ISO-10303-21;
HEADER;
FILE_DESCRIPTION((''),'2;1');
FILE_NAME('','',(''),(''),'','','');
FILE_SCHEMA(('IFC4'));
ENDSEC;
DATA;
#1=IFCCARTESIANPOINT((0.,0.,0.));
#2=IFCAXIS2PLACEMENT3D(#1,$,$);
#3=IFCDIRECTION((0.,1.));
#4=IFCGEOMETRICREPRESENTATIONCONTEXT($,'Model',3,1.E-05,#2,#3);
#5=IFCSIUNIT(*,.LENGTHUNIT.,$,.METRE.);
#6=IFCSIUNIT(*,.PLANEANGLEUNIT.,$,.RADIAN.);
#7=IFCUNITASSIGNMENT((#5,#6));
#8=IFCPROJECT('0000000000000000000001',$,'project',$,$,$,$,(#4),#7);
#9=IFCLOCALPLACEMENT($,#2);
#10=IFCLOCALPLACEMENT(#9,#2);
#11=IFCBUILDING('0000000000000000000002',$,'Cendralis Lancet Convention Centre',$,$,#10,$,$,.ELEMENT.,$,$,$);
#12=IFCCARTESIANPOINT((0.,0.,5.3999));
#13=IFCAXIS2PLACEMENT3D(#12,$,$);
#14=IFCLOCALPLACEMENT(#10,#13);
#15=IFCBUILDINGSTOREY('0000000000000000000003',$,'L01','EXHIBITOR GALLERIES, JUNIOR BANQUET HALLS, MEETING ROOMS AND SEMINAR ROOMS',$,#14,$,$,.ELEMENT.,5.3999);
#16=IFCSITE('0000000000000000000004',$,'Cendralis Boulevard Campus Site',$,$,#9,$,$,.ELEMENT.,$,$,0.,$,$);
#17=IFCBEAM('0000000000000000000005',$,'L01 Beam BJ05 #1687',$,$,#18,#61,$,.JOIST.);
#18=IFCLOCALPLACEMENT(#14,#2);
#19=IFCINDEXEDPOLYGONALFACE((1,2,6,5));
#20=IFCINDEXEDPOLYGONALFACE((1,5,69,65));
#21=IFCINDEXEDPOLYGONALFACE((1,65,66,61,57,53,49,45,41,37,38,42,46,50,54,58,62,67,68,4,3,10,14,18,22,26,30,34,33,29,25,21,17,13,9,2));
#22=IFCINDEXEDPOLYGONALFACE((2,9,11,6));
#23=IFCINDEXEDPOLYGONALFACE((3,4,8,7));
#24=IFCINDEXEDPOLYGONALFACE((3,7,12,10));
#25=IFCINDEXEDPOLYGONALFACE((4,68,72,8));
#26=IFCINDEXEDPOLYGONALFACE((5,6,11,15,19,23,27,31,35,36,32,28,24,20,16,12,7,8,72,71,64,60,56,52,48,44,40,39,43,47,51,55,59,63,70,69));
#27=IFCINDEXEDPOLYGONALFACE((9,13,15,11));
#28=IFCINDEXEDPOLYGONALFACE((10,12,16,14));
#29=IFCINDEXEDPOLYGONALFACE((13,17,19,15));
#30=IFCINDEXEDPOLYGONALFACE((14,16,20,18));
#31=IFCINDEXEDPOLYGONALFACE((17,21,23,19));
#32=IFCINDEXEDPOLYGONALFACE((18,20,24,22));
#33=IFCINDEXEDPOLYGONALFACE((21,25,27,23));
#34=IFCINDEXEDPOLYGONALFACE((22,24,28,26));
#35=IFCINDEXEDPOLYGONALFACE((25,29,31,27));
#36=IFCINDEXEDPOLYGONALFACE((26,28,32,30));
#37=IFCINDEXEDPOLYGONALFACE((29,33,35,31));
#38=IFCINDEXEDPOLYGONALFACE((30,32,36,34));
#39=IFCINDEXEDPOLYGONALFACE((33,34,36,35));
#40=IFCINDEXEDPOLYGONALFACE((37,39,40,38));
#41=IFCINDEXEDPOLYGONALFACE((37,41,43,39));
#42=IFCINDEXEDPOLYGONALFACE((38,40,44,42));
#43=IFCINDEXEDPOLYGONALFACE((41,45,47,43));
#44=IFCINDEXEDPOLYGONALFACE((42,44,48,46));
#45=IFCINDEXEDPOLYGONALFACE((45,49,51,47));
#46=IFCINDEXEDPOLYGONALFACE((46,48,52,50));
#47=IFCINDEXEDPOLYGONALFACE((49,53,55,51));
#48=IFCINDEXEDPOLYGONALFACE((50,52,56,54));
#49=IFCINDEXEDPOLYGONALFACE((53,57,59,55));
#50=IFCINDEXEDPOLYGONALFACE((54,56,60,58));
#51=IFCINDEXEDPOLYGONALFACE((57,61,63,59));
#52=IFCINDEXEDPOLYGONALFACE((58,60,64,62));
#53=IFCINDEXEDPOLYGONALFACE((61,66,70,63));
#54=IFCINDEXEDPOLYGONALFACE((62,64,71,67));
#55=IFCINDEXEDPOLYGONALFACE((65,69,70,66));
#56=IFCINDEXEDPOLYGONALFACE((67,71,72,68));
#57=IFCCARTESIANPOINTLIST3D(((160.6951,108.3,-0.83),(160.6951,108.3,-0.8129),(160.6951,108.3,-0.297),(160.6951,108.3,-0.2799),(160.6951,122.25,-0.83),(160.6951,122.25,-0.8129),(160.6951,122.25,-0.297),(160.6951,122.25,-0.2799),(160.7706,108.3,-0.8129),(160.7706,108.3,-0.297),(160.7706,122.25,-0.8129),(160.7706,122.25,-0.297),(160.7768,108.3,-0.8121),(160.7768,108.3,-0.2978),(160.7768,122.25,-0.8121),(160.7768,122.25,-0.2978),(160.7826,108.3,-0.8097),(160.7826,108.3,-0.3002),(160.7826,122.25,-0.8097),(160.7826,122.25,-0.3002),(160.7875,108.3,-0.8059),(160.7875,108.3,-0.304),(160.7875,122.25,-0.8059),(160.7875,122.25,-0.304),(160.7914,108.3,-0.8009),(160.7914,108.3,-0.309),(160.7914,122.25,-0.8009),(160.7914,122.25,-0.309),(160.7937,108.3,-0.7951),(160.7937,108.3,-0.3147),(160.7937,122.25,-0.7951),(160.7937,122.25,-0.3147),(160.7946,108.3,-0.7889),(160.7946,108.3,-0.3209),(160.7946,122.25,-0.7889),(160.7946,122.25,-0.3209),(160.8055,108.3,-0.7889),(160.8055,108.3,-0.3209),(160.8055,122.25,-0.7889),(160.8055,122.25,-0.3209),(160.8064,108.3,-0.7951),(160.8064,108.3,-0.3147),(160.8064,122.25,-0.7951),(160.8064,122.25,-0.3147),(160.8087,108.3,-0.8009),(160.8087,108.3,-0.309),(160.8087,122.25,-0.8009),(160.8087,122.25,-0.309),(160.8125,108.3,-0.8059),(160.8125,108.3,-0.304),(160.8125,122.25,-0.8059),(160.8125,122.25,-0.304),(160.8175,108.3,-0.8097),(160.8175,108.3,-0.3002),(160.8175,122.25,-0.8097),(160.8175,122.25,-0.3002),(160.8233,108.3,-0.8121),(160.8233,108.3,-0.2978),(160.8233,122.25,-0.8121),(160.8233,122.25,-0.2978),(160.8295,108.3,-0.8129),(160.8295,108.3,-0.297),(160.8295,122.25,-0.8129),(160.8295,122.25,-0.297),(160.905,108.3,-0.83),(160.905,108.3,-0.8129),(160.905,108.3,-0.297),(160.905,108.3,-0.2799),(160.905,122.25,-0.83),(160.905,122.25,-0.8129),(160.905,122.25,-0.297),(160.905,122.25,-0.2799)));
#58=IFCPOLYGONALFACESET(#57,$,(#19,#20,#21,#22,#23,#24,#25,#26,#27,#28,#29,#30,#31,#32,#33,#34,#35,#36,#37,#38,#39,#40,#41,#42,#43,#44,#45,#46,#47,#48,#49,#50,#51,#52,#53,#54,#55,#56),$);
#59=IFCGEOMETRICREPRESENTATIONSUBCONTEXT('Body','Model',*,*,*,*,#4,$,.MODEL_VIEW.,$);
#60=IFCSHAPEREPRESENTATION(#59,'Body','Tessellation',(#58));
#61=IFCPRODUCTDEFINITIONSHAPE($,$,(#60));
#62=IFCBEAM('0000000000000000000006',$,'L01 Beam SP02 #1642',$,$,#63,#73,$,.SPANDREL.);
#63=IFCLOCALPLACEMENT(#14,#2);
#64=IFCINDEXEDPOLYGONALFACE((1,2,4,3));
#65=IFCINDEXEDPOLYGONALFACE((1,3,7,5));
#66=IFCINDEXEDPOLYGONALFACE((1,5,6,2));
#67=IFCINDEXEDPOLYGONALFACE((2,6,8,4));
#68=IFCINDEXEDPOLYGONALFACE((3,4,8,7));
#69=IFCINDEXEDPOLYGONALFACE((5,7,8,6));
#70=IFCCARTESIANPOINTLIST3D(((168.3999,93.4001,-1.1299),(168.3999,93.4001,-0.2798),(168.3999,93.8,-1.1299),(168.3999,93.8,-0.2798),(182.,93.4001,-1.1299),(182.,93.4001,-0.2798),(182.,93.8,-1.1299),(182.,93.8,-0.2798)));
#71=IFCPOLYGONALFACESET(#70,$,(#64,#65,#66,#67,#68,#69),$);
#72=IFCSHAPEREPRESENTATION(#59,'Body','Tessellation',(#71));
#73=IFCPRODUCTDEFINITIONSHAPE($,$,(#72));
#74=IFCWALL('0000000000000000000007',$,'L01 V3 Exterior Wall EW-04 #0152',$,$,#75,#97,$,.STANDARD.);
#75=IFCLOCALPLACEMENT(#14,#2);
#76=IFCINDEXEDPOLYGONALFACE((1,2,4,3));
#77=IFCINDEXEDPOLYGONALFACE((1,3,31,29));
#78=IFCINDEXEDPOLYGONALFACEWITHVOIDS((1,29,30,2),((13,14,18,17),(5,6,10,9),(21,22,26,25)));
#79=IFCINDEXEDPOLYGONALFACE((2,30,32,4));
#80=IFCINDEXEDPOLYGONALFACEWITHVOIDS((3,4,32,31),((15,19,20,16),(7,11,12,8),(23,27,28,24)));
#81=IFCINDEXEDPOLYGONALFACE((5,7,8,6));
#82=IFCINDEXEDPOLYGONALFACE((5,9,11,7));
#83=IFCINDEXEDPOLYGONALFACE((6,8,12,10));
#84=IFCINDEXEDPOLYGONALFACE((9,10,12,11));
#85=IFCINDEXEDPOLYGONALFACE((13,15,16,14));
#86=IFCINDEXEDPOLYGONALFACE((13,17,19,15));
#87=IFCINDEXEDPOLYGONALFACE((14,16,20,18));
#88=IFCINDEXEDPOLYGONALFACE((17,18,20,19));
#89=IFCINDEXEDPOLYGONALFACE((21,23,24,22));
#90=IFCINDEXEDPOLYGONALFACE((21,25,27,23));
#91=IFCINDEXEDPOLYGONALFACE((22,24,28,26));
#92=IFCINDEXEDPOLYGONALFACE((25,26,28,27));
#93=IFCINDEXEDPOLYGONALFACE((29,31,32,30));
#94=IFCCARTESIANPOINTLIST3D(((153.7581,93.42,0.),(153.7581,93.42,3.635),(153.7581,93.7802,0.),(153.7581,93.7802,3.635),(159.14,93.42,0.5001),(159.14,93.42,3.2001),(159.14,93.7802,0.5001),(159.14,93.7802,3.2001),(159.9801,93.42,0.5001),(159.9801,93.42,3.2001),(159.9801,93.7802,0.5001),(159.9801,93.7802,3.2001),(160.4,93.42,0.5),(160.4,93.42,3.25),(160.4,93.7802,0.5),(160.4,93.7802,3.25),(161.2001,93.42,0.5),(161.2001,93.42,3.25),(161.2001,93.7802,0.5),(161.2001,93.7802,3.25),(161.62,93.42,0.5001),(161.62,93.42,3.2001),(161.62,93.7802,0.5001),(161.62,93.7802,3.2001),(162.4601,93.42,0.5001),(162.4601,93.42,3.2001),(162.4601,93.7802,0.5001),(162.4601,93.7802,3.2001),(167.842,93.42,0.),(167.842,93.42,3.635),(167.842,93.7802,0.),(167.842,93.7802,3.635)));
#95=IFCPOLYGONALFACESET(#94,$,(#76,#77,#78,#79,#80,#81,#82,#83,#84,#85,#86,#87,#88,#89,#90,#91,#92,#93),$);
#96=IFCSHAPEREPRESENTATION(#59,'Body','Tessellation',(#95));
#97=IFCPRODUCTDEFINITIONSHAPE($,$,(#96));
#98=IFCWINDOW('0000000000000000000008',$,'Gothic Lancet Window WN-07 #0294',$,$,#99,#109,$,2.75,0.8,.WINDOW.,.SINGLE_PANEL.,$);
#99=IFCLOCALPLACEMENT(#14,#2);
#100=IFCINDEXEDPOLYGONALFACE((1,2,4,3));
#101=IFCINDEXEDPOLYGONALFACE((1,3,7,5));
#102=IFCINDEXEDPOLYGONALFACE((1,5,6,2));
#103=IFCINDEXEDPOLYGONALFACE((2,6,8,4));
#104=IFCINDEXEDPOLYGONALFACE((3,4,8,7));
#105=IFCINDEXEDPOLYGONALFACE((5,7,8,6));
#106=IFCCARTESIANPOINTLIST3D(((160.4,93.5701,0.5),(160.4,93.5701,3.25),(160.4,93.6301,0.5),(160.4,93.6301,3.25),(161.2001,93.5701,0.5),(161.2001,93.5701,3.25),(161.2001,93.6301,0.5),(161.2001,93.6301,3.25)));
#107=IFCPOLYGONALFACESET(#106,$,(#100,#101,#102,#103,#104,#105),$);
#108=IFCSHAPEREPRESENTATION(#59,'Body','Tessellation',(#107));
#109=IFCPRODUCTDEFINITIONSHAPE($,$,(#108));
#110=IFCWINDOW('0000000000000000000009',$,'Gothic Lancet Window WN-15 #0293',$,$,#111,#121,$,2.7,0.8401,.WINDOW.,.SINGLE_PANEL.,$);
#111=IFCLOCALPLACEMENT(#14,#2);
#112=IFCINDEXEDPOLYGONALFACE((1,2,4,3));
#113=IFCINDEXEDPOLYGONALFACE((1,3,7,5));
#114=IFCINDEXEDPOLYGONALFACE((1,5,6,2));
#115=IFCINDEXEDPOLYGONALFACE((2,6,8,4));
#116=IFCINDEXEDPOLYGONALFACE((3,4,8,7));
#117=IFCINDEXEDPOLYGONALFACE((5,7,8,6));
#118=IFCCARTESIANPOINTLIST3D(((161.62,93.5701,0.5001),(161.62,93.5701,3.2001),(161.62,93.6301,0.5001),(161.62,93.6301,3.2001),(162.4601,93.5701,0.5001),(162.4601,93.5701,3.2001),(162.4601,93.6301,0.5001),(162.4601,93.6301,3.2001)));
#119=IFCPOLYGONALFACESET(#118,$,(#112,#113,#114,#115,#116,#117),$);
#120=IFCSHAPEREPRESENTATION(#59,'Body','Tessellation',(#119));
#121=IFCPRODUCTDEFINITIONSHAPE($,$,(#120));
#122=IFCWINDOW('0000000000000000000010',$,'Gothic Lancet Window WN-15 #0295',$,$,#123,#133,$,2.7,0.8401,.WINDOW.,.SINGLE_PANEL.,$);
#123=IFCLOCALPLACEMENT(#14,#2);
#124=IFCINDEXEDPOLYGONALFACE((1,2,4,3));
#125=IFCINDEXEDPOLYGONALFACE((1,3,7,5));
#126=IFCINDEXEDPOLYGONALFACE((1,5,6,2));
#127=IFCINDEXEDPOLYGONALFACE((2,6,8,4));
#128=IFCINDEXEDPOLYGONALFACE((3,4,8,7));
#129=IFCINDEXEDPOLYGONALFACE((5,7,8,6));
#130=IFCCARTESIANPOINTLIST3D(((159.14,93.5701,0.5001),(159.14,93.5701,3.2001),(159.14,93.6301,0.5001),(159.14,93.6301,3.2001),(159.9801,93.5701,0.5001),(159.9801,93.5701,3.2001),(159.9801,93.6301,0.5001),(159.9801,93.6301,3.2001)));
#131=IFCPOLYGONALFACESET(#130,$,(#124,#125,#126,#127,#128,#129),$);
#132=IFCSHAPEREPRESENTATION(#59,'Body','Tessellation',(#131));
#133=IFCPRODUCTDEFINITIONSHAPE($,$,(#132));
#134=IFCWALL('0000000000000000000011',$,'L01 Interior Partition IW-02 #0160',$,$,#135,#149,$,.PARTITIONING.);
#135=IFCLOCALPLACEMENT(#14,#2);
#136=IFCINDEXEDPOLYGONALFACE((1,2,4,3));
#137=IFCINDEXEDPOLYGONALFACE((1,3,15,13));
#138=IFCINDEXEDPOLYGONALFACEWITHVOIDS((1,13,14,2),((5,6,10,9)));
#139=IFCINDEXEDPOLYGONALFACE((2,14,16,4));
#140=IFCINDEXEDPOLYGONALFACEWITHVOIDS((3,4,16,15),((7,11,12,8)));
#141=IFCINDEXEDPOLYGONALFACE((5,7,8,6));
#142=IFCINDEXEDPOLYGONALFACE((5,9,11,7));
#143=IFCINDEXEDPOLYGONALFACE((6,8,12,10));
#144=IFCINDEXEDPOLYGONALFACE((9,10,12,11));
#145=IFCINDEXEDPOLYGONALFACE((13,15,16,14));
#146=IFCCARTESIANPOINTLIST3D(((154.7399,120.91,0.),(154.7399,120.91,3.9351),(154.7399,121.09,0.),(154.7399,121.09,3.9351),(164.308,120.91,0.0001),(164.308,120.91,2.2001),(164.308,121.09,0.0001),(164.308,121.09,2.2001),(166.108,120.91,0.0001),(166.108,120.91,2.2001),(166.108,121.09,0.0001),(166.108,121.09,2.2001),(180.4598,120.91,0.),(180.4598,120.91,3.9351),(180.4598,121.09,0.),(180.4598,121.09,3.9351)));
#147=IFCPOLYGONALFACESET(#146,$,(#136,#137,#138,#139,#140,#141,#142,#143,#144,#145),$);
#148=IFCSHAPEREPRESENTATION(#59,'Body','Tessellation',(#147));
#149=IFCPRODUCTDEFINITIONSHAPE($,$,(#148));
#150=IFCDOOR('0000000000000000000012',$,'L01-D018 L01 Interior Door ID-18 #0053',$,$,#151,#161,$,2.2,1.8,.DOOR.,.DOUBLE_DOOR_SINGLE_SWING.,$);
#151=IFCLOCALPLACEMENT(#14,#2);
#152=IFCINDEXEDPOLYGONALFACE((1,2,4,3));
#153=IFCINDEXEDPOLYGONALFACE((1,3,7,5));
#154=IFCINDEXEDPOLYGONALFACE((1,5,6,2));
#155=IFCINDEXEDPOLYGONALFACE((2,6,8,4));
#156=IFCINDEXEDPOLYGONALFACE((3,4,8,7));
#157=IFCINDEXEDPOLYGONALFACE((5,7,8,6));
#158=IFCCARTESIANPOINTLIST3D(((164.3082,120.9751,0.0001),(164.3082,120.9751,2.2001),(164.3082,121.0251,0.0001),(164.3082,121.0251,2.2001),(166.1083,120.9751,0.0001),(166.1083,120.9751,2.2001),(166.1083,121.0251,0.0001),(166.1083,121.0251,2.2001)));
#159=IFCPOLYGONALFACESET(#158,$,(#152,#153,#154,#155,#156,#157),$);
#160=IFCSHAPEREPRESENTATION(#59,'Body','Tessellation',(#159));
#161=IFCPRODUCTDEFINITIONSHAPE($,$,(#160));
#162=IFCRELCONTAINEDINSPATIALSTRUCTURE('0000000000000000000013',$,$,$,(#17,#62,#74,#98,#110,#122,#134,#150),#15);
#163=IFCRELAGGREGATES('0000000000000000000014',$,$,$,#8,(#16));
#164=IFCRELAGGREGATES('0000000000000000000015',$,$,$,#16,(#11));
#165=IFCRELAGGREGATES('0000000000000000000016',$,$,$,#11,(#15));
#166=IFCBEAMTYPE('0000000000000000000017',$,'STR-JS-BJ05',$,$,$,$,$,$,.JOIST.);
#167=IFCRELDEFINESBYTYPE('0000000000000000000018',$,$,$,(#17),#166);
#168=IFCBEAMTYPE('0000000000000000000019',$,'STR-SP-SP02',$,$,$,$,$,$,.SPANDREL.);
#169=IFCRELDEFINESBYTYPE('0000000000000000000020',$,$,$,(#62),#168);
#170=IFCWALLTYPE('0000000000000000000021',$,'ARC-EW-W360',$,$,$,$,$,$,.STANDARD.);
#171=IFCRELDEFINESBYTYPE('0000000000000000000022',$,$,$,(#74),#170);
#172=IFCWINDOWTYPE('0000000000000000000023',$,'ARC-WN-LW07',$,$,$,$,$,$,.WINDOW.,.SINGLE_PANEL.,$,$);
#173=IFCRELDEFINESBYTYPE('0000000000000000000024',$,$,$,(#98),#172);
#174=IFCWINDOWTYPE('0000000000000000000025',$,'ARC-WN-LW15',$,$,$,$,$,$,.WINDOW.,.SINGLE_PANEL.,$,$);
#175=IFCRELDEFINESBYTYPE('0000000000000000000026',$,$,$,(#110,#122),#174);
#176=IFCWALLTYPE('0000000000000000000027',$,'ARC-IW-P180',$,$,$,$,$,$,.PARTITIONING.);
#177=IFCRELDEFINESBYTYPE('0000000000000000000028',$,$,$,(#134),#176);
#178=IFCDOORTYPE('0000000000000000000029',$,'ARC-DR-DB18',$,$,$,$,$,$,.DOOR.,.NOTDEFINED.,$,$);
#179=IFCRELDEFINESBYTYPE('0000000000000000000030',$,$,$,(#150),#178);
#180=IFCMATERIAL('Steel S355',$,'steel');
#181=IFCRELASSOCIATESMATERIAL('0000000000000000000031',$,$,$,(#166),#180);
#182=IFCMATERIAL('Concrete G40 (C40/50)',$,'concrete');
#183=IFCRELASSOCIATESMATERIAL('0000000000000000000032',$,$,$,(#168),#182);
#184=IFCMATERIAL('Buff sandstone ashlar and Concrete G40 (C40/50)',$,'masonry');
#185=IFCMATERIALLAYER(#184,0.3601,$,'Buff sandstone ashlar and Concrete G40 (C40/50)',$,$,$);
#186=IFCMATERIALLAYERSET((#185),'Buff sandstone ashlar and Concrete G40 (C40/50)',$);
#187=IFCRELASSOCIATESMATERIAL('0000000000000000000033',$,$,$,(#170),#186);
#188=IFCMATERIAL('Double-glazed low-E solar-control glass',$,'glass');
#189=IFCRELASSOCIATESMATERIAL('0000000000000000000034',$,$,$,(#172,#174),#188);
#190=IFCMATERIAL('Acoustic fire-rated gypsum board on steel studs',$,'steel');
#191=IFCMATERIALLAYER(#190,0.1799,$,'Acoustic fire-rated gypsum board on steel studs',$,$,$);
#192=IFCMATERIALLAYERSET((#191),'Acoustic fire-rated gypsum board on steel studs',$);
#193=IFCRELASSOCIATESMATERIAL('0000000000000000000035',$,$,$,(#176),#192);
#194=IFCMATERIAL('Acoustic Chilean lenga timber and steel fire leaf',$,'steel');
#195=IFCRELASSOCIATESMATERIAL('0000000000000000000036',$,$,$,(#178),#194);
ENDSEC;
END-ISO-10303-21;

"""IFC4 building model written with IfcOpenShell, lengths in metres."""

from ifc_helpers import new_model, si_unit, direction, frame, frame_2d, origin, origin_2d, place, context, subcontext, project, spatial, rectangle, i_section, extrude, material, layer, layer_set, material_profile, profile_set, type_object, element, fill, save


model = new_model("IFC4")

# Units and contexts
model_context = context("Model", 3, precision=1e-05, world=origin(), true_north=direction((0.0, 1.0)))
body_context = subcontext(model_context, "Body", "Model", "MODEL_VIEW")
ifc_project = project(units=[si_unit("LENGTHUNIT", "METRE"), si_unit("PLANEANGLEUNIT", "RADIAN")], contexts=[model_context])

# Site, building, storey
site_placement = place(None, origin())
site = spatial("IfcSite", under=ifc_project, at=site_placement, Name="Cendralis Boulevard Campus Site", CompositionType="ELEMENT", RefElevation=0.0)
building_placement = place(site_placement, origin())
building = spatial("IfcBuilding", under=site, at=building_placement, Name="Cendralis Lancet Convention Centre", CompositionType="ELEMENT")
storey_placement = place(building_placement, frame((0.0, 0.0, 5.3999)))
storey = spatial("IfcBuildingStorey", under=building, at=storey_placement, Name="L01", Description="EXHIBITOR GALLERIES, JUNIOR BANQUET HALLS, MEETING ROOMS AND SEMINAR ROOMS", CompositionType="ELEMENT", Elevation=5.3999)

# Shared definitions
ifc_material_1 = material(Name="Steel S355", Category="steel")
ifc_material_2 = material(Name="Concrete G40 (C40/50)", Category="concrete")

# Beams
ifc_material_profile_1 = material_profile(ifc_material_1, i_section(OverallWidth=0.21, OverallDepth=0.55, WebThickness=0.011, FlangeThickness=0.0171, FilletRadius=0.0239, at=origin_2d()), Name="IPE 550")
ifc_profile_set_1 = profile_set([ifc_material_profile_1], Name="Steel S355")
beam_type_1 = type_object("IfcBeamType", Name="STR-JS-BJ05", PredefinedType="JOIST", material=ifc_profile_set_1)
beam_1_placement = place(storey_placement, frame((160.8, 108.3, -0.5549), z_axis=(0.0, 1.0, 0.0), x_axis=(-1.0, 0.0, 0.0)))
element("IfcBeam", 1, at=beam_1_placement, inside=storey, type_object=beam_type_1, Name="L01 Beam BJ05 #1687", PredefinedType="JOIST", context=body_context, shape_type="SweptSolid", body=[
    extrude(i_section(OverallWidth=0.21, OverallDepth=0.55, WebThickness=0.011, FlangeThickness=0.0171, FilletRadius=0.0239, at=origin_2d()), origin(), (0.0, 0.0, 1.0), 13.95),
])
ifc_material_profile_2 = material_profile(ifc_material_2, rectangle(XDim=0.3999, YDim=0.8501, at=origin_2d()), Name="RCB 400x850")
ifc_profile_set_2 = profile_set([ifc_material_profile_2], Name="Concrete G40 (C40/50)")
beam_type_2 = type_object("IfcBeamType", Name="STR-SP-SP02", PredefinedType="SPANDREL", material=ifc_profile_set_2)
beam_2_placement = place(storey_placement, frame((168.3999, 93.6001, -0.7048), z_axis=(1.0, 0.0, 0.0), x_axis=(0.0, 1.0, 0.0)))
element("IfcBeam", 2, at=beam_2_placement, inside=storey, type_object=beam_type_2, Name="L01 Beam SP02 #1642", PredefinedType="SPANDREL", context=body_context, shape_type="SweptSolid", body=[
    extrude(rectangle(XDim=0.3999, YDim=0.8501, at=origin_2d()), origin(), (0.0, 0.0, 1.0), 13.6001),
])

# Wall, openings, windows
ifc_material_3 = material(Name="Buff sandstone ashlar and Concrete G40 (C40/50)", Category="masonry")
ifc_layer_1 = layer(ifc_material_3, 0.3601, Name="Buff sandstone ashlar and Concrete G40 (C40/50)")
ifc_layer_set_1 = layer_set([ifc_layer_1], Name="Buff sandstone ashlar and Concrete G40 (C40/50)")
wall_type_1 = type_object("IfcWallType", Name="ARC-EW-W360", PredefinedType="STANDARD", material=ifc_layer_set_1)
wall_1_placement = place(storey_placement, frame((167.842, 93.6001, 0.0), z_axis=(0.0, 0.0, 1.0), x_axis=(-1.0, 0.0, 0.0)))
wall_1 = element("IfcWall", 3, at=wall_1_placement, inside=storey, type_object=wall_type_1, Name="L01 V3 Exterior Wall EW-04 #0152", PredefinedType="STANDARD", context=body_context, shape_type="SweptSolid", body=[
    extrude(rectangle(XDim=14.084, YDim=0.3601, at=frame_2d((7.042, 0.0))), origin(), (0.0, 0.0, 1.0), 3.635),
])
opening_1_placement = place(wall_1_placement, frame((5.3821, 0.0, 0.5)))
opening_1 = element("IfcOpeningElement", 4, at=opening_1_placement, cuts=wall_1, PredefinedType="OPENING", context=body_context, shape_type="SweptSolid", body=[
    extrude(rectangle(XDim=0.8401, YDim=2.7, at=frame_2d((0.4199, 1.3501))), frame((0.0, 0.1899, 0.0), z_axis=(0.0, -1.0, 0.0), x_axis=(1.0, 0.0, 0.0)), (0.0, 0.0, 1.0), 0.3801),
])
opening_2_placement = place(wall_1_placement, frame((6.6421, 0.0, 0.5)))
opening_2 = element("IfcOpeningElement", 5, at=opening_2_placement, cuts=wall_1, PredefinedType="OPENING", context=body_context, shape_type="SweptSolid", body=[
    extrude(rectangle(XDim=0.8, YDim=2.75, at=frame_2d((0.3999, 1.375))), frame((0.0, 0.1899, 0.0), z_axis=(0.0, -1.0, 0.0), x_axis=(1.0, 0.0, 0.0)), (0.0, 0.0, 1.0), 0.3801),
])
opening_3_placement = place(wall_1_placement, frame((7.8621, 0.0, 0.5)))
opening_3 = element("IfcOpeningElement", 6, at=opening_3_placement, cuts=wall_1, PredefinedType="OPENING", context=body_context, shape_type="SweptSolid", body=[
    extrude(rectangle(XDim=0.8401, YDim=2.7, at=frame_2d((0.4199, 1.3501))), frame((0.0, 0.1899, 0.0), z_axis=(0.0, -1.0, 0.0), x_axis=(1.0, 0.0, 0.0)), (0.0, 0.0, 1.0), 0.3801),
])
ifc_material_4 = material(Name="Double-glazed low-E solar-control glass", Category="glass")
window_type_1 = type_object("IfcWindowType", Name="ARC-WN-LW07", PartitioningType="SINGLE_PANEL", PredefinedType="WINDOW", material=ifc_material_4)
window_1_placement = place(opening_2_placement, origin())
window_1 = element("IfcWindow", 7, at=window_1_placement, inside=storey, type_object=window_type_1, Name="Gothic Lancet Window WN-07 #0294", OverallHeight=2.75, OverallWidth=0.8, PartitioningType="SINGLE_PANEL", PredefinedType="WINDOW", context=body_context, shape_type="SweptSolid", body=[
    extrude(rectangle(XDim=0.8, YDim=2.75, at=frame_2d((0.3999, 1.375))), frame((0.0, 0.03, 0.0), z_axis=(0.0, -1.0, 0.0), x_axis=(1.0, 0.0, 0.0)), (0.0, 0.0, 1.0), 0.0601),
])
fill(opening_2, window_1)
window_type_2 = type_object("IfcWindowType", Name="ARC-WN-LW15", PartitioningType="SINGLE_PANEL", PredefinedType="WINDOW", material=ifc_material_4)
window_2_placement = place(opening_1_placement, origin())
window_2 = element("IfcWindow", 8, at=window_2_placement, inside=storey, type_object=window_type_2, Name="Gothic Lancet Window WN-15 #0293", OverallHeight=2.7, OverallWidth=0.8401, PartitioningType="SINGLE_PANEL", PredefinedType="WINDOW", context=body_context, shape_type="SweptSolid", body=[
    extrude(rectangle(XDim=0.8401, YDim=2.7, at=frame_2d((0.4199, 1.3501))), frame((0.0, 0.03, 0.0), z_axis=(0.0, -1.0, 0.0), x_axis=(1.0, 0.0, 0.0)), (0.0, 0.0, 1.0), 0.0601),
])
fill(opening_1, window_2)
window_3_placement = place(opening_3_placement, origin())
window_3 = element("IfcWindow", 9, at=window_3_placement, inside=storey, type_object=window_type_2, Name="Gothic Lancet Window WN-15 #0295", OverallHeight=2.7, OverallWidth=0.8401, PartitioningType="SINGLE_PANEL", PredefinedType="WINDOW", context=body_context, shape_type="SweptSolid", body=[
    extrude(rectangle(XDim=0.8401, YDim=2.7, at=frame_2d((0.4199, 1.3501))), frame((0.0, 0.03, 0.0), z_axis=(0.0, -1.0, 0.0), x_axis=(1.0, 0.0, 0.0)), (0.0, 0.0, 1.0), 0.0601),
])
fill(opening_3, window_3)

# Wall, opening, door
ifc_material_5 = material(Name="Acoustic fire-rated gypsum board on steel studs", Category="steel")
ifc_layer_2 = layer(ifc_material_5, 0.1799, Name="Acoustic fire-rated gypsum board on steel studs")
ifc_layer_set_2 = layer_set([ifc_layer_2], Name="Acoustic fire-rated gypsum board on steel studs")
wall_type_2 = type_object("IfcWallType", Name="ARC-IW-P180", PredefinedType="PARTITIONING", material=ifc_layer_set_2)
wall_2_placement = place(storey_placement, frame((154.74, 121.0, 0.0), z_axis=(0.0, 0.0, 1.0), x_axis=(1.0, 0.0, 0.0)))
wall_2 = element("IfcWall", 10, at=wall_2_placement, inside=storey, type_object=wall_type_2, Name="L01 Interior Partition IW-02 #0160", PredefinedType="PARTITIONING", context=body_context, shape_type="SweptSolid", body=[
    extrude(rectangle(XDim=25.72, YDim=0.1799, at=frame_2d((12.8599, 0.0))), origin(), (0.0, 0.0, 1.0), 3.9351),
])
opening_4_placement = place(wall_2_placement, frame((9.5681, 0.0, 0.0)))
opening_4 = element("IfcOpeningElement", 11, at=opening_4_placement, cuts=wall_2, PredefinedType="OPENING", context=body_context, shape_type="SweptSolid", body=[
    extrude(rectangle(XDim=1.8, YDim=2.2, at=frame_2d((0.8999, 1.1001))), frame((0.0, 0.0999, 0.0), z_axis=(0.0, -1.0, 0.0), x_axis=(1.0, 0.0, 0.0)), (0.0, 0.0, 1.0), 0.2),
])
ifc_material_6 = material(Name="Acoustic Chilean lenga timber and steel fire leaf", Category="steel")
door_type = type_object("IfcDoorType", Name="ARC-DR-DB18", OperationType="NOTDEFINED", PredefinedType="DOOR", material=ifc_material_6)
door_placement = place(opening_4_placement, frame((1.8, 0.0, 0.0), z_axis=(0.0, 0.0, 1.0), x_axis=(-1.0, 0.0, 0.0)))
door = element("IfcDoor", 12, at=door_placement, inside=storey, type_object=door_type, Name="L01-D018 L01 Interior Door ID-18 #0053", OperationType="DOUBLE_DOOR_SINGLE_SWING", OverallHeight=2.2, OverallWidth=1.8, PredefinedType="DOOR", context=body_context, shape_type="SweptSolid", body=[
    extrude(rectangle(XDim=1.8, YDim=2.2, at=frame_2d((0.8999, 1.1001))), frame((0.0, 0.0249, 0.0), z_axis=(0.0, -1.0, 0.0), x_axis=(1.0, 0.0, 0.0)), (0.0, 0.0, 1.0), 0.05),
])
fill(opening_4, door)

save(model, "model.ifc")
